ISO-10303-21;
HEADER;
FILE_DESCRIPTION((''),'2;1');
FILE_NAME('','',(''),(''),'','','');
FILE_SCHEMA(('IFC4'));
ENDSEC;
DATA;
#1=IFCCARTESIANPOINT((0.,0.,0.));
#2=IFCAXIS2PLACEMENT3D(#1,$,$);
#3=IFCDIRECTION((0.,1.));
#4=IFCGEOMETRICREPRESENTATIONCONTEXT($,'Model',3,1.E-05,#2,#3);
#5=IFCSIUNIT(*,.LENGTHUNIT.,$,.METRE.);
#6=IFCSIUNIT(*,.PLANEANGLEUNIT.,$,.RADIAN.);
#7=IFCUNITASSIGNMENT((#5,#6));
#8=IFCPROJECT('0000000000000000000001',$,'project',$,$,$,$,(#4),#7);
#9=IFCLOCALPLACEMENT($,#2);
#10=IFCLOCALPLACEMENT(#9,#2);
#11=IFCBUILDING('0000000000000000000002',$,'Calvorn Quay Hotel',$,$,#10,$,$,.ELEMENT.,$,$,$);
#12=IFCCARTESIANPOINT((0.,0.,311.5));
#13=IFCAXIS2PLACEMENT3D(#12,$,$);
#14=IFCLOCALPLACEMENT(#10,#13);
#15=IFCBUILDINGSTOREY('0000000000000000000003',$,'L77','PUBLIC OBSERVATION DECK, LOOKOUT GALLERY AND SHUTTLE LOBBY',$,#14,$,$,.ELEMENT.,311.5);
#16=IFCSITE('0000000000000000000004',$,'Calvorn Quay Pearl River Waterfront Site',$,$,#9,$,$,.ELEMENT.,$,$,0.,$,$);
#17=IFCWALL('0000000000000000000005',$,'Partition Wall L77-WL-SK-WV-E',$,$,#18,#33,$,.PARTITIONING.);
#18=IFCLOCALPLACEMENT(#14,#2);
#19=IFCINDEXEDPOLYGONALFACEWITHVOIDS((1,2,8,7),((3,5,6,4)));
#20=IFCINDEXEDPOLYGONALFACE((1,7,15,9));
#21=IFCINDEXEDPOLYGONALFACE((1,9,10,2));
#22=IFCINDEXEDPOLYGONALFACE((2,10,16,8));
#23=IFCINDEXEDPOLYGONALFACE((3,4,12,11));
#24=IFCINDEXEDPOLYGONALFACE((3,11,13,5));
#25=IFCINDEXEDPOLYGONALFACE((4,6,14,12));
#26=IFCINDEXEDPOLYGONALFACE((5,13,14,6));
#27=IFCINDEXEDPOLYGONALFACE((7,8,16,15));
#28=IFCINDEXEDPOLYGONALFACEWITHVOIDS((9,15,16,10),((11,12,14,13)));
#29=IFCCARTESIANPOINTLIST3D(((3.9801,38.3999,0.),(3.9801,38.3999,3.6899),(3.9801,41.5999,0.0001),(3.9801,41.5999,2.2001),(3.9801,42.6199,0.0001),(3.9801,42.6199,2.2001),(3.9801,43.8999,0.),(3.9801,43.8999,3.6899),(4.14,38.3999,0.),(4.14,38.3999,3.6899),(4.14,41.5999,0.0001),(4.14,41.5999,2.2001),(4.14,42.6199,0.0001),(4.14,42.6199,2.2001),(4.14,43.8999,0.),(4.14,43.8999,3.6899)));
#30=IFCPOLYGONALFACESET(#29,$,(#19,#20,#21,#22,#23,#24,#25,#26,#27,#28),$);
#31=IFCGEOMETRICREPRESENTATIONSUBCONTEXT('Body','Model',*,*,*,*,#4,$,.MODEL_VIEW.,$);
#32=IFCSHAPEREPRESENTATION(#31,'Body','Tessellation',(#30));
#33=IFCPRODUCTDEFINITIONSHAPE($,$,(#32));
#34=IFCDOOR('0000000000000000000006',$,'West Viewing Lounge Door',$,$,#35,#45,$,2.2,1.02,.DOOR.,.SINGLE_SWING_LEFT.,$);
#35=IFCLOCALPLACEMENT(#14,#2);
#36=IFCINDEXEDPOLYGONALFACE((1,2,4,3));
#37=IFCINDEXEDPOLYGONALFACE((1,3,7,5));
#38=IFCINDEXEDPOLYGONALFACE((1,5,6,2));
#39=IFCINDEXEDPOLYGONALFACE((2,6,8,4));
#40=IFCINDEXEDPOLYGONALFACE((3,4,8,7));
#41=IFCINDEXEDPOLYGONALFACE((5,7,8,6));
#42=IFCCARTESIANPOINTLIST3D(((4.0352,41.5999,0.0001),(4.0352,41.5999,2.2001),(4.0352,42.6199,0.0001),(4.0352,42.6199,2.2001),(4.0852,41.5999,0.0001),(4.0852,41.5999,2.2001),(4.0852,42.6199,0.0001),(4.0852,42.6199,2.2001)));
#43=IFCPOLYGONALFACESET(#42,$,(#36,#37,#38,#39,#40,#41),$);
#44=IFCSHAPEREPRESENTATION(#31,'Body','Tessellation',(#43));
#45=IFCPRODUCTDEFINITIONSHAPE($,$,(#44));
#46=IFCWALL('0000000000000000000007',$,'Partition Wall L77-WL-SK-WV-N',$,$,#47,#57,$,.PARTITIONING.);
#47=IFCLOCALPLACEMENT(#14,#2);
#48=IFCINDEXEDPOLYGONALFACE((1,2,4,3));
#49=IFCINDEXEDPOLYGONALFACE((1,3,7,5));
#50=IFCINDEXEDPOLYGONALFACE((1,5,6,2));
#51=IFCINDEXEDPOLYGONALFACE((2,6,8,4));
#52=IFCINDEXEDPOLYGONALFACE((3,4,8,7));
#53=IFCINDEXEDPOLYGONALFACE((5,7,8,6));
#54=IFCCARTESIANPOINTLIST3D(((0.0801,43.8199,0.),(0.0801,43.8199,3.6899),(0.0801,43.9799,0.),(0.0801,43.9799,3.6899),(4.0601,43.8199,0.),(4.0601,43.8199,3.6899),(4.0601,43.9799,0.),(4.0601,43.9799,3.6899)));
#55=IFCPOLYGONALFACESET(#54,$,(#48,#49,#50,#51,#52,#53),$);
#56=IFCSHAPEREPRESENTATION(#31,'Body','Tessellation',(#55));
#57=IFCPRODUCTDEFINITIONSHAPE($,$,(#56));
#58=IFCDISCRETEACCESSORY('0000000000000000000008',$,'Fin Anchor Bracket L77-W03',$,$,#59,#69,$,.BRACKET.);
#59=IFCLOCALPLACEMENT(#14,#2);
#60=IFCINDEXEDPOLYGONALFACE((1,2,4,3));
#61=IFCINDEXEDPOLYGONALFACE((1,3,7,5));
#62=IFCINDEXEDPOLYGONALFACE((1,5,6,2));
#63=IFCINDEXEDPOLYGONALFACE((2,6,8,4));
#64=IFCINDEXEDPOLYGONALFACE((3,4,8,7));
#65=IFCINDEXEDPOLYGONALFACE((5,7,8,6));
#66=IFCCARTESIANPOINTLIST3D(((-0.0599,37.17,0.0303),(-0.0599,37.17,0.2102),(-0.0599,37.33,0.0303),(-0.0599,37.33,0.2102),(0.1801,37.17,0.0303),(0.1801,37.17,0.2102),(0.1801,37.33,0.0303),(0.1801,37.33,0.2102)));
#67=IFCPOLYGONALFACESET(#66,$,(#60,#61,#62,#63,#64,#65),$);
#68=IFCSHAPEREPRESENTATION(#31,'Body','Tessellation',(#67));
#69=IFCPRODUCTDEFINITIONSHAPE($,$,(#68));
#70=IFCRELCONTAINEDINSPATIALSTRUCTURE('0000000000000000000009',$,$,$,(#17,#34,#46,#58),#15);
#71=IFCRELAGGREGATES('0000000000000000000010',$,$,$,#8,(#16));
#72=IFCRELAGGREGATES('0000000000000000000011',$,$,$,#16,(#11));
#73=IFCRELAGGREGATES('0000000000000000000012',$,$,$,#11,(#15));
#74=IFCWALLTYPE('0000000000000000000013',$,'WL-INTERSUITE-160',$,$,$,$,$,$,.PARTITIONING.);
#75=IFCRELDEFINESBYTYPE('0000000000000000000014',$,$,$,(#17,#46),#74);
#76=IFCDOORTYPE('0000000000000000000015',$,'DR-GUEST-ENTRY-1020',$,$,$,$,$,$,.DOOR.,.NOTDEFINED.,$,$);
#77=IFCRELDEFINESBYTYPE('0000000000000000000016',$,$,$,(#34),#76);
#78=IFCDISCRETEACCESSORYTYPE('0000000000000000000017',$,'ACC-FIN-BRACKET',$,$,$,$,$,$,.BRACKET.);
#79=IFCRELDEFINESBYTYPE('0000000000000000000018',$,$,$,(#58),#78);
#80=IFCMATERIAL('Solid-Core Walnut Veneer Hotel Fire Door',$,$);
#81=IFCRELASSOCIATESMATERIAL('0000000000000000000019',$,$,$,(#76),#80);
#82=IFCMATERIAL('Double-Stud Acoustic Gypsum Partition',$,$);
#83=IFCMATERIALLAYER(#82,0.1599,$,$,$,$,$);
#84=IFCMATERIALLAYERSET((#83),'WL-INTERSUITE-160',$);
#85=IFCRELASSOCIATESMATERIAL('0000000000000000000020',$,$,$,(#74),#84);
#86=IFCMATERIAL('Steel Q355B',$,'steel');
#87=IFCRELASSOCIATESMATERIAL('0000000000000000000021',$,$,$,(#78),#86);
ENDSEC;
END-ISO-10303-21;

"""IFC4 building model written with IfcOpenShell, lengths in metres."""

from ifc_helpers import new_model, si_unit, direction, frame, frame_2d, origin, origin_2d, place, context, subcontext, project, spatial, rectangle, extrude, material, layer, layer_set, type_object, element, fill, save


model = new_model("IFC4")

# Units and contexts
model_context = context("Model", 3, precision=1e-05, world=origin(), true_north=direction((0.0, 1.0)))
body_context = subcontext(model_context, "Body", "Model", "MODEL_VIEW")
ifc_project = project(units=[si_unit("LENGTHUNIT", "METRE"), si_unit("PLANEANGLEUNIT", "RADIAN")], contexts=[model_context])

# Site, building, storey
site_placement = place(None, origin())
site = spatial("IfcSite", under=ifc_project, at=site_placement, Name="Calvorn Quay Pearl River Waterfront Site", CompositionType="ELEMENT", RefElevation=0.0)
building_placement = place(site_placement, origin())
building = spatial("IfcBuilding", under=site, at=building_placement, Name="Calvorn Quay Hotel", CompositionType="ELEMENT")
storey_placement = place(building_placement, frame((0.0, 0.0, 311.5)))
storey = spatial("IfcBuildingStorey", under=building, at=storey_placement, Name="L77", Description="PUBLIC OBSERVATION DECK, LOOKOUT GALLERY AND SHUTTLE LOBBY", CompositionType="ELEMENT", Elevation=311.5)

# Shared definitions
ifc_material_1 = material(Name="Solid-Core Walnut Veneer Hotel Fire Door")
door_type_1 = type_object("IfcDoorType", Name="DR-GUEST-ENTRY-1020", OperationType="NOTDEFINED", PredefinedType="DOOR", material=ifc_material_1)

# Wall, opening, door
ifc_material_2 = material(Name="Double-Stud Acoustic Gypsum Partition")
ifc_layer_1 = layer(ifc_material_2, 0.1599)
ifc_layer_set_1 = layer_set([ifc_layer_1], Name="WL-INTERSUITE-160")
wall_type_1 = type_object("IfcWallType", Name="WL-INTERSUITE-160", PredefinedType="PARTITIONING", material=ifc_layer_set_1)
wall_1_placement = place(storey_placement, frame((4.0601, 38.3999, 0.0), z_axis=(0.0, 0.0, 1.0), x_axis=(0.0, 1.0, 0.0)))
wall_1 = element("IfcWall", 1, at=wall_1_placement, inside=storey, type_object=wall_type_1, Name="Partition Wall L77-WL-SK-WV-E", PredefinedType="PARTITIONING", context=body_context, shape_type="SweptSolid", body=[
    extrude(rectangle(XDim=5.5, YDim=0.1599, at=frame_2d((2.75, 0.0))), origin(), (0.0, 0.0, 1.0), 3.6899),
])
opening_1_placement = place(wall_1_placement, frame((3.2, 0.0, 0.0)))
opening_1 = element("IfcOpeningElement", 2, at=opening_1_placement, cuts=wall_1, PredefinedType="OPENING", context=body_context, shape_type="SweptSolid", body=[
    extrude(rectangle(XDim=1.02, YDim=2.2, at=frame_2d((0.51, 1.1001))), frame((0.0, 0.0898, 0.0), z_axis=(0.0, -1.0, 0.0), x_axis=(1.0, 0.0, 0.0)), (0.0, 0.0, 1.0), 0.1799),
])
door_1_placement = place(opening_1_placement, origin())
door_1 = element("IfcDoor", 3, at=door_1_placement, inside=storey, type_object=door_type_1, Name="West Viewing Lounge Door", OperationType="SINGLE_SWING_LEFT", OverallHeight=2.2, OverallWidth=1.02, PredefinedType="DOOR", context=body_context, shape_type="SweptSolid", body=[
    extrude(rectangle(XDim=1.02, YDim=2.2, at=frame_2d((0.51, 1.1001))), frame((0.0, 0.0249, 0.0), z_axis=(0.0, -1.0, 0.0), x_axis=(1.0, 0.0, 0.0)), (0.0, 0.0, 1.0), 0.05),
])
fill(opening_1, door_1)

# Wall
wall_2_placement = place(storey_placement, frame((0.0801, 43.8999, 0.0), z_axis=(0.0, 0.0, 1.0), x_axis=(1.0, 0.0, 0.0)))
element("IfcWall", 4, at=wall_2_placement, inside=storey, type_object=wall_type_1, Name="Partition Wall L77-WL-SK-WV-N", PredefinedType="PARTITIONING", context=body_context, shape_type="SweptSolid", body=[
    extrude(rectangle(XDim=3.98, YDim=0.1599, at=frame_2d((1.99, 0.0))), origin(), (0.0, 0.0, 1.0), 3.6899),
])

# Discrete accessory
ifc_material_3 = material(Name="Steel Q355B", Category="steel")
discrete_accessory_type = type_object("IfcDiscreteAccessoryType", Name="ACC-FIN-BRACKET", PredefinedType="BRACKET", material=ifc_material_3)
discrete_accessory_placement = place(storey_placement, frame((0.0601, 37.25, 0.0303), z_axis=(0.0, 0.0, 1.0), x_axis=(1.0, 0.0, 0.0)))
element("IfcDiscreteAccessory", 5, at=discrete_accessory_placement, inside=storey, type_object=discrete_accessory_type, Name="Fin Anchor Bracket L77-W03", PredefinedType="BRACKET", context=body_context, shape_type="SweptSolid", body=[
    extrude(rectangle(XDim=0.24, YDim=0.1599, at=origin_2d()), origin(), (0.0, 0.0, 1.0), 0.1799),
])

save(model, "model.ifc")
